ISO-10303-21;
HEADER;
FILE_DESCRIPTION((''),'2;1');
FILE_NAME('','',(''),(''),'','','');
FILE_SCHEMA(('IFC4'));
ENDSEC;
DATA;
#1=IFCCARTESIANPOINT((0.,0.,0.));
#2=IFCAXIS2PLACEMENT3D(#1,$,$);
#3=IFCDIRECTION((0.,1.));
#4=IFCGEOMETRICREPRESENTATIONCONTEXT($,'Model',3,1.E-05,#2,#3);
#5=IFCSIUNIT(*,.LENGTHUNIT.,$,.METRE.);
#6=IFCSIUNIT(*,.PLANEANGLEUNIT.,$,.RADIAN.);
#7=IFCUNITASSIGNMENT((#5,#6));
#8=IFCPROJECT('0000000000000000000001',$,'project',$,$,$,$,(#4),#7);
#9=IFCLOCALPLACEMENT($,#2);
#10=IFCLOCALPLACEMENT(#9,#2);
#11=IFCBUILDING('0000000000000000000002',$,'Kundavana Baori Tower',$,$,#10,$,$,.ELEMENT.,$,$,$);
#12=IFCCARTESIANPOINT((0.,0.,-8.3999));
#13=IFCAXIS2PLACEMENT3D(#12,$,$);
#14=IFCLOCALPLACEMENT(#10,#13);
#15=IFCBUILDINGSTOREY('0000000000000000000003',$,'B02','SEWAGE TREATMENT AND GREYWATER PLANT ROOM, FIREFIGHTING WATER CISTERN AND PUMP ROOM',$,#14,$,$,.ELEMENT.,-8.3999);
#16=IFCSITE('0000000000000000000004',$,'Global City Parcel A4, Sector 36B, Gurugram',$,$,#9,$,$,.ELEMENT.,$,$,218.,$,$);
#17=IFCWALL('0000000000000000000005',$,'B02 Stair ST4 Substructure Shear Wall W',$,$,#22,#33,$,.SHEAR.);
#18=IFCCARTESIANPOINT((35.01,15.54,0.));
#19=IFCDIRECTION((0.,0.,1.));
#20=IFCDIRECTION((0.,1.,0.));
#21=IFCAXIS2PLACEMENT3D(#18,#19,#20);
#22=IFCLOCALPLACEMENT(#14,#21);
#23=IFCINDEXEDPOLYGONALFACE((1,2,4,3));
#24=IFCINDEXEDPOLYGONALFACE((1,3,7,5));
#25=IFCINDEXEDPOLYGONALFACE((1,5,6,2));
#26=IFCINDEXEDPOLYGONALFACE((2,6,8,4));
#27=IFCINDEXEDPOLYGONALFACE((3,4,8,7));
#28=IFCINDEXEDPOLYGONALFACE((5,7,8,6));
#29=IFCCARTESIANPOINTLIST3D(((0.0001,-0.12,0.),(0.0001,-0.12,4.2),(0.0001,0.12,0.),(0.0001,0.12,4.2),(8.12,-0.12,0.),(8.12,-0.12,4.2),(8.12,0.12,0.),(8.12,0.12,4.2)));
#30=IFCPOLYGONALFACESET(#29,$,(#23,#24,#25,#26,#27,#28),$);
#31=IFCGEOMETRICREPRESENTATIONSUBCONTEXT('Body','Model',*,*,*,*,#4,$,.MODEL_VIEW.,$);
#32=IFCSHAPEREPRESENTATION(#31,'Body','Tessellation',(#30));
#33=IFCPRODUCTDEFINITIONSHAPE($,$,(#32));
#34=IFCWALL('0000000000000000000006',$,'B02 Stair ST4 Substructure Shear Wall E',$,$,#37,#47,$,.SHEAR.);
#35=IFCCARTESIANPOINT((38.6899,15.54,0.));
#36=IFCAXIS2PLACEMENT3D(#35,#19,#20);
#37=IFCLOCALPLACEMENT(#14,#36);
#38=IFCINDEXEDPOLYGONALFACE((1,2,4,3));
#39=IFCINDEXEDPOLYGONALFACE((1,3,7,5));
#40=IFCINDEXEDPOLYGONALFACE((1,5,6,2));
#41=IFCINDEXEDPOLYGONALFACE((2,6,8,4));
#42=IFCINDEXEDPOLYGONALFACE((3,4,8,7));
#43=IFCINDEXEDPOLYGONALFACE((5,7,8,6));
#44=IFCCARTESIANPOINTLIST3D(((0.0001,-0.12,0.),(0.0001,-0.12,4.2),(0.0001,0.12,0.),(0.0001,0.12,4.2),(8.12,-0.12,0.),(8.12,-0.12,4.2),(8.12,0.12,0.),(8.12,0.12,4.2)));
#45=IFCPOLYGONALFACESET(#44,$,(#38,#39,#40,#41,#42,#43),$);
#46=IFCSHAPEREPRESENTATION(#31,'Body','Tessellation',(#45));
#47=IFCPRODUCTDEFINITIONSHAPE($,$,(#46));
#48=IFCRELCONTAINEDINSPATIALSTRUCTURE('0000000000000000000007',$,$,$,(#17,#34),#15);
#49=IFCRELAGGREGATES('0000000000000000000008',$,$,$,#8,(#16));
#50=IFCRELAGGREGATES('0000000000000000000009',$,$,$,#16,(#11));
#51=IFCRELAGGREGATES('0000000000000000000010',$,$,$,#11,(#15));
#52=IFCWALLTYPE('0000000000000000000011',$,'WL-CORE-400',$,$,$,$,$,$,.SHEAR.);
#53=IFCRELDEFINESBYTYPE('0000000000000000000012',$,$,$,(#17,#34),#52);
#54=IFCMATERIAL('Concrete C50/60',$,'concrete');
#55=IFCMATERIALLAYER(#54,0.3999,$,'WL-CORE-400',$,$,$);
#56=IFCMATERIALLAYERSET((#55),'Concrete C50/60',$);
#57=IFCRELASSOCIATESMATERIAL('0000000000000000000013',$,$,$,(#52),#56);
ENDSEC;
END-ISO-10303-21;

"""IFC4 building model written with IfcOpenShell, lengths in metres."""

from ifc_helpers import new_model, si_unit, direction, frame, frame_2d, origin, place, context, subcontext, project, spatial, rectangle, extrude, material, layer, layer_set, type_object, element, save


model = new_model("IFC4")

# Units and contexts
model_context = context("Model", 3, precision=1e-05, world=origin(), true_north=direction((0.0, 1.0)))
body_context = subcontext(model_context, "Body", "Model", "MODEL_VIEW")
ifc_project = project(units=[si_unit("LENGTHUNIT", "METRE"), si_unit("PLANEANGLEUNIT", "RADIAN")], contexts=[model_context])

# Site, building, storey
site_placement = place(None, origin())
site = spatial("IfcSite", under=ifc_project, at=site_placement, Name="Global City Parcel A4, Sector 36B, Gurugram", CompositionType="ELEMENT", RefElevation=218.0)
building_placement = place(site_placement, origin())
building = spatial("IfcBuilding", under=site, at=building_placement, Name="Kundavana Baori Tower", CompositionType="ELEMENT")
storey_placement = place(building_placement, frame((0.0, 0.0, -8.3999)))
storey = spatial("IfcBuildingStorey", under=building, at=storey_placement, Name="B02", Description="SEWAGE TREATMENT AND GREYWATER PLANT ROOM, FIREFIGHTING WATER CISTERN AND PUMP ROOM", CompositionType="ELEMENT", Elevation=-8.3999)

# Walls
ifc_material_1 = material(Name="Concrete C50/60", Category="concrete")
ifc_layer_1 = layer(ifc_material_1, 0.3999, Name="WL-CORE-400")
ifc_layer_set_1 = layer_set([ifc_layer_1], Name="Concrete C50/60")
wall_type_1 = type_object("IfcWallType", Name="WL-CORE-400", PredefinedType="SHEAR", material=ifc_layer_set_1)
for number, where, z_axis, x_axis, name in (
    (1, (35.01, 15.54, 0.0), (0.0, 0.0, 1.0), (0.0, 1.0, 0.0), "B02 Stair ST4 Substructure Shear Wall W"),
    (2, (38.6899, 15.54, 0.0), (0.0, 0.0, 1.0), (0.0, 1.0, 0.0), "B02 Stair ST4 Substructure Shear Wall E"),
):
    element("IfcWall", number, at=place(storey_placement, frame(where, z_axis=z_axis, x_axis=x_axis)), inside=storey, type_object=wall_type_1, Name=name, PredefinedType="SHEAR", context=body_context, shape_type="SweptSolid", body=[
        extrude(rectangle(XDim=8.1199, YDim=0.24, at=frame_2d((4.0601, 0.0))), origin(), (0.0, 0.0, 1.0), 4.2),
    ])

save(model, "model.ifc")
